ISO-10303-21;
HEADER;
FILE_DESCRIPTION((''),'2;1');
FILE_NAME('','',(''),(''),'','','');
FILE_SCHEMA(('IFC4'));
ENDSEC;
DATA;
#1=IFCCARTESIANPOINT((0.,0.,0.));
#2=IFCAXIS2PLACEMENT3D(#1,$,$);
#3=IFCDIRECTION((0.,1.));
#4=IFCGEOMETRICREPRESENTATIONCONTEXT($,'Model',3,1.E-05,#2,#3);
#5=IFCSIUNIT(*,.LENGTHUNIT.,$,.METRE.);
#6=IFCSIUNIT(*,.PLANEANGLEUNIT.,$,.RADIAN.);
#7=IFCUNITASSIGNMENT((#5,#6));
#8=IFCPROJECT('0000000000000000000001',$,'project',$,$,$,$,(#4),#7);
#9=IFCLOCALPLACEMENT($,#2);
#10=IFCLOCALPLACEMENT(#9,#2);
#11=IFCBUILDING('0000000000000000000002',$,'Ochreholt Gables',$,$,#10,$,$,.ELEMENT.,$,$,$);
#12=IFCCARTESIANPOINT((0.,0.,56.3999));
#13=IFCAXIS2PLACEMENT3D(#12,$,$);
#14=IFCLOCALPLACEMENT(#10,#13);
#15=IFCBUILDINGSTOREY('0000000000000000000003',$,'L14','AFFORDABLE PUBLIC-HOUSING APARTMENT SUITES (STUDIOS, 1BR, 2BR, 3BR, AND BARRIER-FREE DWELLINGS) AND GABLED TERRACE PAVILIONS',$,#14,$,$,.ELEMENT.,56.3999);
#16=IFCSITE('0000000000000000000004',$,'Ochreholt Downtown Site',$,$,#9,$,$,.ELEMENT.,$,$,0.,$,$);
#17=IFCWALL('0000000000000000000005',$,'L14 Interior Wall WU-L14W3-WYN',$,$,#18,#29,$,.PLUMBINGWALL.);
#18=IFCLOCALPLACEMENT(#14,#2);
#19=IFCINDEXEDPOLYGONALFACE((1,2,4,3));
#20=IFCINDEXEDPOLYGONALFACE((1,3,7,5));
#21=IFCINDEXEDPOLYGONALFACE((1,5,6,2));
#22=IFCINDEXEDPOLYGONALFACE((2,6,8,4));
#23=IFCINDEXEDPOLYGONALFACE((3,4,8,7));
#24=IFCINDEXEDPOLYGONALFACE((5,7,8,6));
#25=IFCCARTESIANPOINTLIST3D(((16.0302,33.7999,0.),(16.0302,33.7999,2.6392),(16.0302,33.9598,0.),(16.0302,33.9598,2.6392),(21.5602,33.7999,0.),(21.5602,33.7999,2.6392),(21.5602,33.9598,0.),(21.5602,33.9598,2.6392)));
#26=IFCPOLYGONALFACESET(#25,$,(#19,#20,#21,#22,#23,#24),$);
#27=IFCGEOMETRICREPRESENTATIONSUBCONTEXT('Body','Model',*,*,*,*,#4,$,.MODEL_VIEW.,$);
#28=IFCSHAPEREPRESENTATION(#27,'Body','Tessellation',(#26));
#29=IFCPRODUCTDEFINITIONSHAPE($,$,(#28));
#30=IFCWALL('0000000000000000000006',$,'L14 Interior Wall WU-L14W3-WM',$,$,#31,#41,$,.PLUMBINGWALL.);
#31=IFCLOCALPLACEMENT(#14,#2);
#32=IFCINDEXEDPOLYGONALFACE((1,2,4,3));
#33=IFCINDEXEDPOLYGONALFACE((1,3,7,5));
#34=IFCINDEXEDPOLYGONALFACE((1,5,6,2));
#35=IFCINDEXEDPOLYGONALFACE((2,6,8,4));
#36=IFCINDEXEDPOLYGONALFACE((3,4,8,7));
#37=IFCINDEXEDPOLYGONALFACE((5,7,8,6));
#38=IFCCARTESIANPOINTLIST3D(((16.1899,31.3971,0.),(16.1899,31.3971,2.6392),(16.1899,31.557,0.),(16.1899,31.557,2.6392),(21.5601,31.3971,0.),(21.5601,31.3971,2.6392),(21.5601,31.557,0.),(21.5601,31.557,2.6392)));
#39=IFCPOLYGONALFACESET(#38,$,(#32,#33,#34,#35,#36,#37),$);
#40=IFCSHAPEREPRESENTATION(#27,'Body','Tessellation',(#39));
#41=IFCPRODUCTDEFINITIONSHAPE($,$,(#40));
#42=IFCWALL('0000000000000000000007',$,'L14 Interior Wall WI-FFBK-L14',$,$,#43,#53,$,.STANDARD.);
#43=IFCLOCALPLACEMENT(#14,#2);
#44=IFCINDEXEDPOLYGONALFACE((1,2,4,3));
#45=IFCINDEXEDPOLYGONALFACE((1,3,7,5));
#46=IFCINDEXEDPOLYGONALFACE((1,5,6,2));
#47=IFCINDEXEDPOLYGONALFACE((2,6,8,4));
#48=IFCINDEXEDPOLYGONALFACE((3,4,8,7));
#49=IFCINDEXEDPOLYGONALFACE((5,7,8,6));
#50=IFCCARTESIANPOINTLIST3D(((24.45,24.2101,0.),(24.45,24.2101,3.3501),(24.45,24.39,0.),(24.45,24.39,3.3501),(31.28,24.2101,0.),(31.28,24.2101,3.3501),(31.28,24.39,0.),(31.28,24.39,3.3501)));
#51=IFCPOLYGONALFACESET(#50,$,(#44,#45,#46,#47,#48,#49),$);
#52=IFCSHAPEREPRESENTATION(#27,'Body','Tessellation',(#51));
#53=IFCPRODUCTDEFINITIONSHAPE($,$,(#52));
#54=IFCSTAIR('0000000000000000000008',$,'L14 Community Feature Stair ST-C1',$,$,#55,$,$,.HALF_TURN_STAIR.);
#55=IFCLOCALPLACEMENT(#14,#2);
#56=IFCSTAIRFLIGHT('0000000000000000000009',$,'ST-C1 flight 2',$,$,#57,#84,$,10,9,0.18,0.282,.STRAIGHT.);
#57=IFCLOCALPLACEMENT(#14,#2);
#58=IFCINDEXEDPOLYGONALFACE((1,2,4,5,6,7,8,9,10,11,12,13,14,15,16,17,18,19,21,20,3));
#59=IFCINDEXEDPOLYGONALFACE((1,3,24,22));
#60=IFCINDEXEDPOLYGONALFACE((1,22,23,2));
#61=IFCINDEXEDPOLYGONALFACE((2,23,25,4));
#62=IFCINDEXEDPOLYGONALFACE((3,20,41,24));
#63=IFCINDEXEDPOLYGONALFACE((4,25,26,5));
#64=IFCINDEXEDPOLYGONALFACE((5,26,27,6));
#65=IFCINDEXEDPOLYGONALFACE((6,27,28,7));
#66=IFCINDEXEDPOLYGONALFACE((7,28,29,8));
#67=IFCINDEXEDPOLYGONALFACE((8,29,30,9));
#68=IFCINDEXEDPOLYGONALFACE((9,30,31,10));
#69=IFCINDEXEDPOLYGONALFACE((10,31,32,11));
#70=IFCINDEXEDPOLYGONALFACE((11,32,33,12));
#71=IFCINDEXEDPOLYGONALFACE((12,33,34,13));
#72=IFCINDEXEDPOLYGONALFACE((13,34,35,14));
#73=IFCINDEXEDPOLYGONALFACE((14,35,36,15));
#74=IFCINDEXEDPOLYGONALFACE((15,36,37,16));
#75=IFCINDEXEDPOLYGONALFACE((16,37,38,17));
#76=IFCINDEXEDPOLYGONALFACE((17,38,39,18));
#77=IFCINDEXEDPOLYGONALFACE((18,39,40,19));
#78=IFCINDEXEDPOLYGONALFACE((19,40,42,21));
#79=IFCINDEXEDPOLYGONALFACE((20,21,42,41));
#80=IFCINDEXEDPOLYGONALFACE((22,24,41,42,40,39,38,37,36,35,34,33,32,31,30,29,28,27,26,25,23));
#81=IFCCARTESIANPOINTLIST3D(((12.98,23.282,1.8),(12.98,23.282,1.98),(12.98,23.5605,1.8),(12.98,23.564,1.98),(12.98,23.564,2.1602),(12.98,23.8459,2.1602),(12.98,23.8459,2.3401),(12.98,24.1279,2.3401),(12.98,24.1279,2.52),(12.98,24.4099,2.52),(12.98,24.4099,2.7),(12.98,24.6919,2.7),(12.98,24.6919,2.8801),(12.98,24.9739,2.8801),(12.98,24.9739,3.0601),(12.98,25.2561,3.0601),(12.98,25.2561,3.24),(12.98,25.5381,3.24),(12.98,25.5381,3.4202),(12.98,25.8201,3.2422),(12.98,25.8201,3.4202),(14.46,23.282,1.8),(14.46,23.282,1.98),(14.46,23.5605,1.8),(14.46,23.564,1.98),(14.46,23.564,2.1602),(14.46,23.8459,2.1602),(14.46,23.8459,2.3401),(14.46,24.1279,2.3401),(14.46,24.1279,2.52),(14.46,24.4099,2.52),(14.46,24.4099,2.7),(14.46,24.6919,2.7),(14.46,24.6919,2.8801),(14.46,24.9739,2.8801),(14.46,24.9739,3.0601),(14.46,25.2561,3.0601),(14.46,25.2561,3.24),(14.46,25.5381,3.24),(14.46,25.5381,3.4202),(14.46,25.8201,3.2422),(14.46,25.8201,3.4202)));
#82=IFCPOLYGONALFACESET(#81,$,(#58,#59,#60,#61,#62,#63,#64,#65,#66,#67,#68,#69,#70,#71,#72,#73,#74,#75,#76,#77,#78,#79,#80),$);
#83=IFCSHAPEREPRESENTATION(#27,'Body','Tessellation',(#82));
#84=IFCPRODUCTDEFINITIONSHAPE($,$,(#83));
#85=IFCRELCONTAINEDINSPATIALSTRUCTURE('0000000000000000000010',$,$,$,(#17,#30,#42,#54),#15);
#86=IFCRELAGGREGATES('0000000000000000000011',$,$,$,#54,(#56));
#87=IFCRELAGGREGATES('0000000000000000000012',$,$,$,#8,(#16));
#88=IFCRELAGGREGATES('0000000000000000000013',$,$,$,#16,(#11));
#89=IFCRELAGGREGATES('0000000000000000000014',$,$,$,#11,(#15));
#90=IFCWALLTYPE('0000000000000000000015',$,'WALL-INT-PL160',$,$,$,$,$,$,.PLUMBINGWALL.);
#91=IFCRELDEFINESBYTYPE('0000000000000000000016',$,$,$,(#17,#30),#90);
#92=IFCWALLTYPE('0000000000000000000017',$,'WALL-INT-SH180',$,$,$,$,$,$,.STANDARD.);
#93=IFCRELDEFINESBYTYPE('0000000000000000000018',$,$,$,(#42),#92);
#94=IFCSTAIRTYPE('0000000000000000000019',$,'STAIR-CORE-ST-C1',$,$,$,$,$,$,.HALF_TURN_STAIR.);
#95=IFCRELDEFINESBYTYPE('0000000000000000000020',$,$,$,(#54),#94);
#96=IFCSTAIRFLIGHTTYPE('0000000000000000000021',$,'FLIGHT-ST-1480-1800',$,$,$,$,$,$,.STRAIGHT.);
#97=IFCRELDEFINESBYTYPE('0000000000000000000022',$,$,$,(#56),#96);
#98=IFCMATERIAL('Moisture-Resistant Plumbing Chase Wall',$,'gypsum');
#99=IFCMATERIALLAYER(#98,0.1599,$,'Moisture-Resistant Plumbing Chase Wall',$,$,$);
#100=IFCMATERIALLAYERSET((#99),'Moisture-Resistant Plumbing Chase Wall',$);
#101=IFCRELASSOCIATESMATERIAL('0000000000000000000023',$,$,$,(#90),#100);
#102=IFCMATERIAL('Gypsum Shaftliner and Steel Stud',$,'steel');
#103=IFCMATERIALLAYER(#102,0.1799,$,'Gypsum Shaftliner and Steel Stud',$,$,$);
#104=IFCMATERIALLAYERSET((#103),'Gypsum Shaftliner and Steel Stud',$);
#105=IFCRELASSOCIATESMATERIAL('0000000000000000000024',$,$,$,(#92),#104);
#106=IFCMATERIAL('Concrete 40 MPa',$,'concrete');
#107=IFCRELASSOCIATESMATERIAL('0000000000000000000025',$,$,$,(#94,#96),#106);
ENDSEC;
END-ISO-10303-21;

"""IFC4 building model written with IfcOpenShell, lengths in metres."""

from ifc_helpers import new_model, si_unit, direction, frame, frame_2d, origin, place, context, subcontext, project, spatial, polyline, rectangle, outline, extrude, material, layer, layer_set, type_object, element, aggregate, save


model = new_model("IFC4")

# Units and contexts
model_context = context("Model", 3, precision=1e-05, world=origin(), true_north=direction((0.0, 1.0)))
body_context = subcontext(model_context, "Body", "Model", "MODEL_VIEW")
ifc_project = project(units=[si_unit("LENGTHUNIT", "METRE"), si_unit("PLANEANGLEUNIT", "RADIAN")], contexts=[model_context])

# Site, building, storey
site_placement = place(None, origin())
site = spatial("IfcSite", under=ifc_project, at=site_placement, Name="Ochreholt Downtown Site", CompositionType="ELEMENT", RefElevation=0.0)
building_placement = place(site_placement, origin())
building = spatial("IfcBuilding", under=site, at=building_placement, Name="Ochreholt Gables", CompositionType="ELEMENT")
storey_placement = place(building_placement, frame((0.0, 0.0, 56.3999)))
storey = spatial("IfcBuildingStorey", under=building, at=storey_placement, Name="L14", Description="AFFORDABLE PUBLIC-HOUSING APARTMENT SUITES (STUDIOS, 1BR, 2BR, 3BR, AND BARRIER-FREE DWELLINGS) AND GABLED TERRACE PAVILIONS", CompositionType="ELEMENT", Elevation=56.3999)

# Wall
ifc_material_1 = material(Name="Concrete 40 MPa", Category="concrete")
ifc_material_2 = material(Name="Moisture-Resistant Plumbing Chase Wall", Category="gypsum")
ifc_layer_1 = layer(ifc_material_2, 0.1599, Name="Moisture-Resistant Plumbing Chase Wall")
ifc_layer_set_1 = layer_set([ifc_layer_1], Name="Moisture-Resistant Plumbing Chase Wall")
wall_type_1 = type_object("IfcWallType", Name="WALL-INT-PL160", PredefinedType="PLUMBINGWALL", material=ifc_layer_set_1)
wall_1_placement = place(storey_placement, frame((16.03, 33.8799, 0.0), z_axis=(0.0, 0.0, 1.0), x_axis=(1.0, 0.0, 0.0)))
element("IfcWall", 1, at=wall_1_placement, inside=storey, type_object=wall_type_1, Name="L14 Interior Wall WU-L14W3-WYN", PredefinedType="PLUMBINGWALL", context=body_context, shape_type="SweptSolid", body=[
    extrude(rectangle(XDim=5.53, YDim=0.1599, at=frame_2d((2.7651, 0.0))), origin(), (0.0, 0.0, 1.0), 2.6392),
])

# Walls
wall_2_placement = place(storey_placement, frame((16.1899, 31.4771, 0.0), z_axis=(0.0, 0.0, 1.0), x_axis=(1.0, 0.0, 0.0)))
element("IfcWall", 2, at=wall_2_placement, inside=storey, type_object=wall_type_1, Name="L14 Interior Wall WU-L14W3-WM", PredefinedType="PLUMBINGWALL", context=body_context, shape_type="SweptSolid", body=[
    extrude(rectangle(XDim=5.3701, YDim=0.1599, at=frame_2d((2.6851, 0.0))), origin(), (0.0, 0.0, 1.0), 2.6392),
])
ifc_material_3 = material(Name="Gypsum Shaftliner and Steel Stud", Category="steel")
ifc_layer_2 = layer(ifc_material_3, 0.1799, Name="Gypsum Shaftliner and Steel Stud")
ifc_layer_set_2 = layer_set([ifc_layer_2], Name="Gypsum Shaftliner and Steel Stud")
wall_type_2 = type_object("IfcWallType", Name="WALL-INT-SH180", PredefinedType="STANDARD", material=ifc_layer_set_2)
wall_3_placement = place(storey_placement, frame((24.45, 24.3, 0.0), z_axis=(0.0, 0.0, 1.0), x_axis=(1.0, 0.0, 0.0)))
element("IfcWall", 3, at=wall_3_placement, inside=storey, type_object=wall_type_2, Name="L14 Interior Wall WI-FFBK-L14", PredefinedType="STANDARD", context=body_context, shape_type="SweptSolid", body=[
    extrude(rectangle(XDim=6.8301, YDim=0.1799, at=frame_2d((3.415, 0.0))), origin(), (0.0, 0.0, 1.0), 3.3501),
])

# Stair, stair flight
stair_type = type_object("IfcStairType", Name="STAIR-CORE-ST-C1", PredefinedType="HALF_TURN_STAIR", material=ifc_material_1)
stair_placement = place(storey_placement, origin())
stair = element("IfcStair", 4, at=stair_placement, inside=storey, type_object=stair_type, Name="L14 Community Feature Stair ST-C1", PredefinedType="HALF_TURN_STAIR")
stair_flight_type = type_object("IfcStairFlightType", Name="FLIGHT-ST-1480-1800", PredefinedType="STRAIGHT", material=ifc_material_1)
stair_flight_placement = place(storey_placement, frame((13.72, 23.282, 1.8), z_axis=(0.0, 0.0, 1.0), x_axis=(0.0, 1.0, 0.0)))
stair_flight = element("IfcStairFlight", 5, at=stair_flight_placement, type_object=stair_flight_type, Name="ST-C1 flight 2", NumberOfRisers=10, NumberOfTreads=9, PredefinedType="STRAIGHT", RiserHeight=0.18, TreadLength=0.282, context=body_context, shape_type="SweptSolid", body=[
    extrude(outline(polyline([(0.0, 0.0), (0.0, 0.1799), (0.282, 0.1799), (0.282, 0.3601), (0.564, 0.3601), (0.564, 0.54), (0.8459, 0.54), (0.8459, 0.72), (1.1279, 0.72), (1.1279, 0.8999), (1.4099, 0.8999), (1.4099, 1.0801), (1.6919, 1.0801), (1.6919, 1.26), (1.9741, 1.26), (1.9741, 1.4399), (2.2561, 1.4399), (2.2561, 1.6201), (2.5381, 1.6201), (2.5381, 1.8), (2.5381, 1.4421), (0.2786, 0.0), (0.0, 0.0)])), frame((0.0, 0.74, 0.0), z_axis=(0.0, -1.0, 0.0), x_axis=(1.0, 0.0, 0.0)), (0.0, 0.0, 1.0), 1.48),
])
aggregate(stair, [stair_flight])

save(model, "model.ifc")
